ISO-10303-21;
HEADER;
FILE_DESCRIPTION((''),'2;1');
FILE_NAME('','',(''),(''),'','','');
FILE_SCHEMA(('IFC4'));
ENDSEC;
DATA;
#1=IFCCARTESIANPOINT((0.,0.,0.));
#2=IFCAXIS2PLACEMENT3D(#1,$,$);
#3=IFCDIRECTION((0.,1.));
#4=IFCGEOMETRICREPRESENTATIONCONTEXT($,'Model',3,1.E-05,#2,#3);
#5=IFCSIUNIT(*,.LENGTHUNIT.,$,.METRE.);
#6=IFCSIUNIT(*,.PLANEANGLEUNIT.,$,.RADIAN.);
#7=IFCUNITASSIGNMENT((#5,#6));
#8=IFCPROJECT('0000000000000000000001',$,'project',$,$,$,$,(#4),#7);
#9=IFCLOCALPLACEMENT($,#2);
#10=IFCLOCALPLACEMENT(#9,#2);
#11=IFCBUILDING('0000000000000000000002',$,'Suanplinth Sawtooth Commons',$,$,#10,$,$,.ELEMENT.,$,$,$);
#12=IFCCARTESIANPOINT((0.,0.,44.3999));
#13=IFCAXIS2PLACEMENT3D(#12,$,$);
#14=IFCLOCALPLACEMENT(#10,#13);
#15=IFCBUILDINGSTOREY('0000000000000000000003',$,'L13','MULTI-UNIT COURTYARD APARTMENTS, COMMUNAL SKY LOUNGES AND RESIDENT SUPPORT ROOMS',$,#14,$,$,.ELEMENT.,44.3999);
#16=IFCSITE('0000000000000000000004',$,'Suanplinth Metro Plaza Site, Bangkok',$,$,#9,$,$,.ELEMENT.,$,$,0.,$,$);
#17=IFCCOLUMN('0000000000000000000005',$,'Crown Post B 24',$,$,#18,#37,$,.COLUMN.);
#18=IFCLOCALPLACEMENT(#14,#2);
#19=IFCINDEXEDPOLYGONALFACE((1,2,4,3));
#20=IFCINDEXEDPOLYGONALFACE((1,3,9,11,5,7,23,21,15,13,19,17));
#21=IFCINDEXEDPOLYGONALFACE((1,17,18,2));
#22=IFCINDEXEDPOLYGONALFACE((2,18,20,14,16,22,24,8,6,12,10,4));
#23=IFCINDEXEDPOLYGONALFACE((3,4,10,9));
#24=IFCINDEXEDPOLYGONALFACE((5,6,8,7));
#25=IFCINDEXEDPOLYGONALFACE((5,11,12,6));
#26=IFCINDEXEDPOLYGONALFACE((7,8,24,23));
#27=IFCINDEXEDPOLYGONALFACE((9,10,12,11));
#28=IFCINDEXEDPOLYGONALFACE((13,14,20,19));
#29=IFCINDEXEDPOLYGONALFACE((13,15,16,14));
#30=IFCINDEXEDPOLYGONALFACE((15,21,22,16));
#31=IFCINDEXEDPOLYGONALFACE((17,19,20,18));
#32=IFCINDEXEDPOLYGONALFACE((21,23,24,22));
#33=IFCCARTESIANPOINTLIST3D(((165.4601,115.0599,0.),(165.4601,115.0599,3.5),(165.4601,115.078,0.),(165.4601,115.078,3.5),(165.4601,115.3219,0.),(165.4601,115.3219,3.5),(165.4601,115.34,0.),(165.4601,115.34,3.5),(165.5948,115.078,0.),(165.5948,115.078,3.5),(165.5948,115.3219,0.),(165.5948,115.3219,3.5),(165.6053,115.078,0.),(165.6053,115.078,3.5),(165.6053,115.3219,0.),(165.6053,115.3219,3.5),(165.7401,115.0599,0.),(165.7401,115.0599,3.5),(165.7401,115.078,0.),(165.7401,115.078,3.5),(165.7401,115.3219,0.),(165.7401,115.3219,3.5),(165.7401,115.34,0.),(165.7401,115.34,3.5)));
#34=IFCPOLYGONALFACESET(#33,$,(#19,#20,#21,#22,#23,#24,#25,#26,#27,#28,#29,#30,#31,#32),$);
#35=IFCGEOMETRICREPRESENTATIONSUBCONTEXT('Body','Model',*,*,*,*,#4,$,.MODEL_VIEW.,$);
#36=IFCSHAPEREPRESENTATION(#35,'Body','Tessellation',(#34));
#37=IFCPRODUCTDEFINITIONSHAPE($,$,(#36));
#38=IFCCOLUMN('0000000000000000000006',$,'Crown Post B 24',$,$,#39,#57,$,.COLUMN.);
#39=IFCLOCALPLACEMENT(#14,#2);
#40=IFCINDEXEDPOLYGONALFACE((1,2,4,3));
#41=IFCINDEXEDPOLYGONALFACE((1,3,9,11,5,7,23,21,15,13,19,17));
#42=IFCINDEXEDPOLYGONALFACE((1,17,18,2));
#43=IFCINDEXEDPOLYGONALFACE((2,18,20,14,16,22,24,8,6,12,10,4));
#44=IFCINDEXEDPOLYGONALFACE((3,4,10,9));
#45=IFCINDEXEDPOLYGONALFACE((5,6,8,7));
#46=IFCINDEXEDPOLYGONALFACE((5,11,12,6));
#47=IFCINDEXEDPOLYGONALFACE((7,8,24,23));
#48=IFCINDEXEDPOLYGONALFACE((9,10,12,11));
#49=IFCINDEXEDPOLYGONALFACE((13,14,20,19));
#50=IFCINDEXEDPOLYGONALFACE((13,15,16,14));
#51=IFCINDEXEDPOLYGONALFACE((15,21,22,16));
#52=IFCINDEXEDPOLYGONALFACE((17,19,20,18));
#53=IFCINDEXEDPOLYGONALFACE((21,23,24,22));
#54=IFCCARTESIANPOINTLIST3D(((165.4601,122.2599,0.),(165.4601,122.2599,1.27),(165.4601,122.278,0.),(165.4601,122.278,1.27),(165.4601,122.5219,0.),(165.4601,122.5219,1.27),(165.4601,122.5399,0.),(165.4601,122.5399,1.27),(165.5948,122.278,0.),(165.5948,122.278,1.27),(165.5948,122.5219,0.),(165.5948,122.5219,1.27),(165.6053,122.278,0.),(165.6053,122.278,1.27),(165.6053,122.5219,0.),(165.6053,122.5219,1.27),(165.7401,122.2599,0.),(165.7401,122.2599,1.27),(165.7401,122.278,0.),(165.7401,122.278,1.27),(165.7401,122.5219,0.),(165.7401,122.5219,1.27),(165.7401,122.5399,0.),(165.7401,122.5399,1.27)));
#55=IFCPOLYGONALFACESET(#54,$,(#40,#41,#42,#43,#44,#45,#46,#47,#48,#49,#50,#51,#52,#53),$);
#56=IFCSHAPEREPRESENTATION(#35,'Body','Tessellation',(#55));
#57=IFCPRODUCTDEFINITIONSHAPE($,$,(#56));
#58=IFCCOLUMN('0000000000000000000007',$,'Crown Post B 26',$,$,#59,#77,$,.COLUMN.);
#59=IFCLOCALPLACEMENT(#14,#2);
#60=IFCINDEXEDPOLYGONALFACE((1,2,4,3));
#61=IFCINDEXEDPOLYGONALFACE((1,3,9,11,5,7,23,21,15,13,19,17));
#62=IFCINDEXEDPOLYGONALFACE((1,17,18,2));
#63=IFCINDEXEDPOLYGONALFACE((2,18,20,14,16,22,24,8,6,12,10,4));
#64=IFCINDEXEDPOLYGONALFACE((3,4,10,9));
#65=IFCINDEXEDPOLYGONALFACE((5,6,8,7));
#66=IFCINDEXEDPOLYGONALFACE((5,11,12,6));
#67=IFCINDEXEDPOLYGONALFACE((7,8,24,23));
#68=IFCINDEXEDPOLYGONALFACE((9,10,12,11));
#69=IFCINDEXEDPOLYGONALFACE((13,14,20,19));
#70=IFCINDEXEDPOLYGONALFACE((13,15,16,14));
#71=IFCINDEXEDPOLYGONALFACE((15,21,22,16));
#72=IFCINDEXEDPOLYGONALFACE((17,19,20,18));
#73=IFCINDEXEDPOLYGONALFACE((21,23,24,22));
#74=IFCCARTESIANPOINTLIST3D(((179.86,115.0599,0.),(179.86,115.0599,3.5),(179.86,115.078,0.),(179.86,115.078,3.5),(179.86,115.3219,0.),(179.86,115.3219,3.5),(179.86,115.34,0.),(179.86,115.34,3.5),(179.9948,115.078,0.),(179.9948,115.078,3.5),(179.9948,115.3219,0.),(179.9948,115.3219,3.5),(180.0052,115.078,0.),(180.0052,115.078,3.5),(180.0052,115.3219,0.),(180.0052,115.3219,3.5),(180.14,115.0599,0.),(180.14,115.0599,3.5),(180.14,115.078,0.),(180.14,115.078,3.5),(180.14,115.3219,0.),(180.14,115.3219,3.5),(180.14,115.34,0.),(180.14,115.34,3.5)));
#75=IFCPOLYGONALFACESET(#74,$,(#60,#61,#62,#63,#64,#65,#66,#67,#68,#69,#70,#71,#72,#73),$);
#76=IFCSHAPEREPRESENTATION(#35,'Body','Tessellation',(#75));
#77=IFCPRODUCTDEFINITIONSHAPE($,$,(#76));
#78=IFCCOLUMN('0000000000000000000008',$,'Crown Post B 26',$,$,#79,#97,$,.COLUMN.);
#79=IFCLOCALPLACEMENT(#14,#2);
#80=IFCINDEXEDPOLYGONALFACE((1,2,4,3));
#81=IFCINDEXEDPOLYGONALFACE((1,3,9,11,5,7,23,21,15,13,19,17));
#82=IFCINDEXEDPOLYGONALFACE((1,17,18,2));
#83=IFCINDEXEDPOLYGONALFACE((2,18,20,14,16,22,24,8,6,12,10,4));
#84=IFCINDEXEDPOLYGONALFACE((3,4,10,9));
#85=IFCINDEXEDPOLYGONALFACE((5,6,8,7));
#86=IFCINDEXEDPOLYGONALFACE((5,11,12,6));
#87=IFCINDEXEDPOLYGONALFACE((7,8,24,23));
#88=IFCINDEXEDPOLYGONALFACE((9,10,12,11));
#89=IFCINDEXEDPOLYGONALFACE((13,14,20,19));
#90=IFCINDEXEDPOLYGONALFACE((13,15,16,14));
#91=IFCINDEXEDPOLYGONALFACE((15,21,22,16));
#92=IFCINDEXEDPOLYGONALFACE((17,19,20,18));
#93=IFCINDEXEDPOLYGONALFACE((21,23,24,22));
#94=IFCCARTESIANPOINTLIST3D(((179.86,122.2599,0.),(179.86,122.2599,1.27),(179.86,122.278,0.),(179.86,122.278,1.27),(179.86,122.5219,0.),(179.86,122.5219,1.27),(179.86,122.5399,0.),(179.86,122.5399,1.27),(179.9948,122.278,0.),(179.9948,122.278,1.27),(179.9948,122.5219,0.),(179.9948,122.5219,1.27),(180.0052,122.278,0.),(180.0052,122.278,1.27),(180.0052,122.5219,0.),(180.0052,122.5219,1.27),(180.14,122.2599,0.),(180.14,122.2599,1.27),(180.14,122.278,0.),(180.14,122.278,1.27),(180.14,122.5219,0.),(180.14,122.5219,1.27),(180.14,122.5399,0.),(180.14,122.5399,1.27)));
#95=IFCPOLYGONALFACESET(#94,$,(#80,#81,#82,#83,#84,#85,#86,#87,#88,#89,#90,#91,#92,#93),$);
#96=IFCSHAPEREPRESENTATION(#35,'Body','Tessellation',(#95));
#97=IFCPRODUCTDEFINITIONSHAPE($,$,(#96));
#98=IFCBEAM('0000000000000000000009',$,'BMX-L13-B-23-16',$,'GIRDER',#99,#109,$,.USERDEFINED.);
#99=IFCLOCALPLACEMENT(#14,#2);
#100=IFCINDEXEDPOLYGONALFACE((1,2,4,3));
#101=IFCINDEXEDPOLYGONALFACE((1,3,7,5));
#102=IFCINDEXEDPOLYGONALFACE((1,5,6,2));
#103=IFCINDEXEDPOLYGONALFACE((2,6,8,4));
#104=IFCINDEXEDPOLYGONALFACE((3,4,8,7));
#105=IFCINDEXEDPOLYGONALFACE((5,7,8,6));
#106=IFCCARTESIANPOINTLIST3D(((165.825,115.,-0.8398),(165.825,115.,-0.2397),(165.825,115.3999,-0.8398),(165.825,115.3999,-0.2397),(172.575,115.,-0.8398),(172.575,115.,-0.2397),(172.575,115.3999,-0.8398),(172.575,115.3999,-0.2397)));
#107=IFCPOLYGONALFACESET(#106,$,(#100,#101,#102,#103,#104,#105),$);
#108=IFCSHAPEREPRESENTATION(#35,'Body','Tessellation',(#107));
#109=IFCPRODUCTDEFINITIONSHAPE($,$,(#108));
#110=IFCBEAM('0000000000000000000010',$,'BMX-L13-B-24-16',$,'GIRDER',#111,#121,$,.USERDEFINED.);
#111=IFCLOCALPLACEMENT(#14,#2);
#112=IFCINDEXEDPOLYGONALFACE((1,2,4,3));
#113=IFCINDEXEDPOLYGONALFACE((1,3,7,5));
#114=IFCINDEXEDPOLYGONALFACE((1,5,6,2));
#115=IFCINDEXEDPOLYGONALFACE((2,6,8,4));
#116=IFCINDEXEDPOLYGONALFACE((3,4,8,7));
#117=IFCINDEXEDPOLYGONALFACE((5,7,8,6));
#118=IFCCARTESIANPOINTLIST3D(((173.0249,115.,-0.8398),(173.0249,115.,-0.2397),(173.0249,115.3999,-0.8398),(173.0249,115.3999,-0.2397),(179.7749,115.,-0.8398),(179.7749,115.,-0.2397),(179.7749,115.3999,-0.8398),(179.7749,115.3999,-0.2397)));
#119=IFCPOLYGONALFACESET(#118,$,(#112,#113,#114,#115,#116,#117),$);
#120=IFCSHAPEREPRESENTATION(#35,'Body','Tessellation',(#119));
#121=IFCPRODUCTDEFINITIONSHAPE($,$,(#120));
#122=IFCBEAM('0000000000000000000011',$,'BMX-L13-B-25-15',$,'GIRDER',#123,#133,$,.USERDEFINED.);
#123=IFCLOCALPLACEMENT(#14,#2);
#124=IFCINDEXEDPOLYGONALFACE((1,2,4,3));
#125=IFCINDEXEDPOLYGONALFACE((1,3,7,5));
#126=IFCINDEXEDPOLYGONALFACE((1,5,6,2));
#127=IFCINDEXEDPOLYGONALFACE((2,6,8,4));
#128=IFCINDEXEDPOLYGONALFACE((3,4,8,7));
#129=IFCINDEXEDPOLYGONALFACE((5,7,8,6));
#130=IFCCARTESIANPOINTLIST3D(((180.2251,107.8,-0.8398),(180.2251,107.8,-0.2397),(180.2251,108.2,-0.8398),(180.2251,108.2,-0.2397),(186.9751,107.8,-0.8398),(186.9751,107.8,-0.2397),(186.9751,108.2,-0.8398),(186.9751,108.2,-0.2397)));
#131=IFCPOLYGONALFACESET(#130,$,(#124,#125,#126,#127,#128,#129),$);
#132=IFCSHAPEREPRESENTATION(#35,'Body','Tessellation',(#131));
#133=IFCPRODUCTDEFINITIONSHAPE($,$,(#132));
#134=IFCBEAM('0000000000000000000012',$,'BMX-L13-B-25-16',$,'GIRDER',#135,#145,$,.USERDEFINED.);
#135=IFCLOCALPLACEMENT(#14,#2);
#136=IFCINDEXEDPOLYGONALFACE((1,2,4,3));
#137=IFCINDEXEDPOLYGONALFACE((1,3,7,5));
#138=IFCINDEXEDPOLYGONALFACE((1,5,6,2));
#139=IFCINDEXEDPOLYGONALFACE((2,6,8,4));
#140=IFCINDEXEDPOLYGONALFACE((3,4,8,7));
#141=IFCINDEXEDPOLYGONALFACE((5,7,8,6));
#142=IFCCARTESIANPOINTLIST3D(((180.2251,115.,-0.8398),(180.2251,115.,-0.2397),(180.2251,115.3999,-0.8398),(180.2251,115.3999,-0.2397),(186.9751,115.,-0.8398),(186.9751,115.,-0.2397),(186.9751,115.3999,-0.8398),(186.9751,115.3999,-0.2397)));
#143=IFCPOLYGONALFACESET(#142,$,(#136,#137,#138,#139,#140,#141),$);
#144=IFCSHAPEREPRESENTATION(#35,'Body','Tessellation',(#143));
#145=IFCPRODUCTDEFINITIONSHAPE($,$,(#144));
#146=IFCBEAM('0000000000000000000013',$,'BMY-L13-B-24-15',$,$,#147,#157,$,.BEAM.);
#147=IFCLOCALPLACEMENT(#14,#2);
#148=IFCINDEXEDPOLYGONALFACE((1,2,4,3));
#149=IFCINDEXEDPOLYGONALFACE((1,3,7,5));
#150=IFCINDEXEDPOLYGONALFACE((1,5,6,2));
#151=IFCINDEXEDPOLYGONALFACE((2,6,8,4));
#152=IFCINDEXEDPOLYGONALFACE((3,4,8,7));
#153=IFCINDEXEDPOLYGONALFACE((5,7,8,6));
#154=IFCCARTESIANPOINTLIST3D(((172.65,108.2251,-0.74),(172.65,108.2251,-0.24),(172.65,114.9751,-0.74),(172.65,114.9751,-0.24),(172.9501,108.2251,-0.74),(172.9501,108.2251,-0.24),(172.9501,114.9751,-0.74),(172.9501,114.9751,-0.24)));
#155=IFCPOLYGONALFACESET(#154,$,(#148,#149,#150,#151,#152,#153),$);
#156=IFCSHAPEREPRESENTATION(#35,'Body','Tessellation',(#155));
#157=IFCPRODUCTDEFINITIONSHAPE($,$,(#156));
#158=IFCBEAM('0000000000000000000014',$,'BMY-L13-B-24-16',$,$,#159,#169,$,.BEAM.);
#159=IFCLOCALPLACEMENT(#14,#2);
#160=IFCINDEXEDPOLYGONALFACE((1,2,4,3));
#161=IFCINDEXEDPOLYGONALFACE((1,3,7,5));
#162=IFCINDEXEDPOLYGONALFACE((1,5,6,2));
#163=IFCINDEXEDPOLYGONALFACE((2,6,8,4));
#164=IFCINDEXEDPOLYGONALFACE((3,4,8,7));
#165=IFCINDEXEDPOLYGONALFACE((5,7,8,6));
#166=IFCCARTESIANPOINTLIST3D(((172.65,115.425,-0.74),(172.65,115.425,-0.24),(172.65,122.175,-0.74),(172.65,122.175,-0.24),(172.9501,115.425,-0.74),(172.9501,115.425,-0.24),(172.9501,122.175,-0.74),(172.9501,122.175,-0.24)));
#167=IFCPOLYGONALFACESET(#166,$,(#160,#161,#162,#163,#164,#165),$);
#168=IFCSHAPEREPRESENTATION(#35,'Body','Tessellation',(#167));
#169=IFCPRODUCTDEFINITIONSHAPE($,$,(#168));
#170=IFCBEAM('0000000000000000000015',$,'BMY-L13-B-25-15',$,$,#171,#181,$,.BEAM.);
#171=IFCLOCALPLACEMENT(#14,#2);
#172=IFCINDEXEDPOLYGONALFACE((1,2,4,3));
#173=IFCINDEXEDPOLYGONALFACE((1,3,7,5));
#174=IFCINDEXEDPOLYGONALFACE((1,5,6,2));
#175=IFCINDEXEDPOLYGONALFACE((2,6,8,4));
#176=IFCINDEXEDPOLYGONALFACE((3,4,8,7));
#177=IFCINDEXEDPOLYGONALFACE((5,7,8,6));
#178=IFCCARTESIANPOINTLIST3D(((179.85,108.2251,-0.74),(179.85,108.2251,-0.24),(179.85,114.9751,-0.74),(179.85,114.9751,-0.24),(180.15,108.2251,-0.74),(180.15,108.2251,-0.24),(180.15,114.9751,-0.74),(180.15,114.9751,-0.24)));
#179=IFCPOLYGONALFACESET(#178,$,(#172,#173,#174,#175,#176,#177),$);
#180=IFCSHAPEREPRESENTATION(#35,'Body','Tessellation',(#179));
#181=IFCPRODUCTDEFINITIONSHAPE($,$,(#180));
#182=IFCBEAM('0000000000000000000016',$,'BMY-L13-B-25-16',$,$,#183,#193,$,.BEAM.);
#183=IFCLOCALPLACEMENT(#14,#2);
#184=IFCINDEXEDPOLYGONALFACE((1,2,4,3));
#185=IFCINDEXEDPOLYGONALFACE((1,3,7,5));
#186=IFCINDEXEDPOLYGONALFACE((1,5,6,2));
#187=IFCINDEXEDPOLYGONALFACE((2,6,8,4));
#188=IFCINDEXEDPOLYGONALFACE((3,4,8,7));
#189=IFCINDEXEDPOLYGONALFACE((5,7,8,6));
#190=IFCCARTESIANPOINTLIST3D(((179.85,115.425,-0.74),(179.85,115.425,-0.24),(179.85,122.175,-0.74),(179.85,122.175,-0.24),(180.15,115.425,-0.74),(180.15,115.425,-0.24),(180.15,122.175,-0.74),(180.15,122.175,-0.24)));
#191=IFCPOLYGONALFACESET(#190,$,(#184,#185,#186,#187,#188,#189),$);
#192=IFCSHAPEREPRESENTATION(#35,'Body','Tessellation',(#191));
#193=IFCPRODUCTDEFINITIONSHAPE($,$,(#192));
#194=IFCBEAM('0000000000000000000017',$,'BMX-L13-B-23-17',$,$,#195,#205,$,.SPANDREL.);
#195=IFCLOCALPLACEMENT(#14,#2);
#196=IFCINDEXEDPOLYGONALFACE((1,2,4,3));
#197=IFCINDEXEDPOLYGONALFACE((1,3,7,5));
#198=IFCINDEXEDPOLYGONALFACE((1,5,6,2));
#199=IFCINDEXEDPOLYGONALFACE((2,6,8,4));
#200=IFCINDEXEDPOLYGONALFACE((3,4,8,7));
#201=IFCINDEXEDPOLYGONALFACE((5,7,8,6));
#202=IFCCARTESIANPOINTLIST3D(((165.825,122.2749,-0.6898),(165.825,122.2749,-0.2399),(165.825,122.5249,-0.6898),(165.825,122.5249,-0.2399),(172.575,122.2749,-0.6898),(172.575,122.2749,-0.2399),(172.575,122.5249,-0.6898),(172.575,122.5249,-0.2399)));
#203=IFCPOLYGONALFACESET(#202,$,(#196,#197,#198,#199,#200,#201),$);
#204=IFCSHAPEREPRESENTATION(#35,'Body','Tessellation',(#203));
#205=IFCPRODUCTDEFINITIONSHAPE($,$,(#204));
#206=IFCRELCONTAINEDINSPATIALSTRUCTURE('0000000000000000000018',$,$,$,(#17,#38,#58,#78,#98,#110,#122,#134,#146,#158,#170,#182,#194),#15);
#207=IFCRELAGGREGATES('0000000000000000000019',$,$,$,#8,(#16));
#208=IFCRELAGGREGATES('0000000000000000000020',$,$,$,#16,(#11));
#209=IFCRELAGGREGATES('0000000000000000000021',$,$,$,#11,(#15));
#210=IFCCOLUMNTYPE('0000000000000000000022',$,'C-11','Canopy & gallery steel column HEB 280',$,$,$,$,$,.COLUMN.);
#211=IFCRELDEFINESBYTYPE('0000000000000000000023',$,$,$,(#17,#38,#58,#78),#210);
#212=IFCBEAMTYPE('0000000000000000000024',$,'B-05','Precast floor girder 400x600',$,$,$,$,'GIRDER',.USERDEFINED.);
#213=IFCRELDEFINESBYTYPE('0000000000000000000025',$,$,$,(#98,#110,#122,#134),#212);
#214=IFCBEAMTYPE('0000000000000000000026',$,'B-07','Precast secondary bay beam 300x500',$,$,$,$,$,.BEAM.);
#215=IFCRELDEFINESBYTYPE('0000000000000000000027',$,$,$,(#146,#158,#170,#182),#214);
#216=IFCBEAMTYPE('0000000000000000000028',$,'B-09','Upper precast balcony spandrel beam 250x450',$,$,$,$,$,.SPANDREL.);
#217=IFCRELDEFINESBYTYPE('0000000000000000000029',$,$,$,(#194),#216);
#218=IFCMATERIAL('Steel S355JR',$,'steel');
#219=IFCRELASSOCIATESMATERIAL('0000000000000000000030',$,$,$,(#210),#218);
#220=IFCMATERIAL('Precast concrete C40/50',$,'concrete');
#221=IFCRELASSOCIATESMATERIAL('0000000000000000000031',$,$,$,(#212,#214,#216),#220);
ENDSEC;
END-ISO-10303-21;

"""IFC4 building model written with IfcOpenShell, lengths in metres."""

from ifc_helpers import new_model, si_unit, direction, frame, origin, origin_2d, place, context, subcontext, project, spatial, rectangle, i_section, extrude, material, material_profile, profile_set, type_object, element, save


model = new_model("IFC4")

# Units and contexts
model_context = context("Model", 3, precision=1e-05, world=origin(), true_north=direction((0.0, 1.0)))
body_context = subcontext(model_context, "Body", "Model", "MODEL_VIEW")
ifc_project = project(units=[si_unit("LENGTHUNIT", "METRE"), si_unit("PLANEANGLEUNIT", "RADIAN")], contexts=[model_context])

# Site, building, storey
site_placement = place(None, origin())
site = spatial("IfcSite", under=ifc_project, at=site_placement, Name="Suanplinth Metro Plaza Site, Bangkok", CompositionType="ELEMENT", RefElevation=0.0)
building_placement = place(site_placement, origin())
building = spatial("IfcBuilding", under=site, at=building_placement, Name="Suanplinth Sawtooth Commons", CompositionType="ELEMENT")
storey_placement = place(building_placement, frame((0.0, 0.0, 44.3999)))
storey = spatial("IfcBuildingStorey", under=building, at=storey_placement, Name="L13", Description="MULTI-UNIT COURTYARD APARTMENTS, COMMUNAL SKY LOUNGES AND RESIDENT SUPPORT ROOMS", CompositionType="ELEMENT", Elevation=44.3999)

# Columns
ifc_material_1 = material(Name="Steel S355JR", Category="steel")
ifc_material_profile_1 = material_profile(ifc_material_1, i_section(OverallWidth=0.28, OverallDepth=0.28, WebThickness=0.0105, FlangeThickness=0.0181, at=origin_2d()), Name="HEB 280")
ifc_profile_set_1 = profile_set([ifc_material_profile_1], Name="Steel S355JR")
column_type = type_object("IfcColumnType", Name="C-11", Description="Canopy & gallery steel column HEB 280", PredefinedType="COLUMN", material=ifc_profile_set_1)
column_1_placement = place(storey_placement, frame((165.6001, 115.2, 0.0), z_axis=(0.0, 0.0, 1.0), x_axis=(1.0, 0.0, 0.0)))
element("IfcColumn", 1, at=column_1_placement, inside=storey, type_object=column_type, Name="Crown Post B 24", PredefinedType="COLUMN", context=body_context, shape_type="SweptSolid", body=[
    extrude(i_section(OverallWidth=0.28, OverallDepth=0.28, WebThickness=0.0105, FlangeThickness=0.0181, at=origin_2d()), origin(), (0.0, 0.0, 1.0), 3.5),
])
column_2_placement = place(storey_placement, frame((165.6001, 122.3999, 0.0), z_axis=(0.0, 0.0, 1.0), x_axis=(1.0, 0.0, 0.0)))
element("IfcColumn", 2, at=column_2_placement, inside=storey, type_object=column_type, Name="Crown Post B 24", PredefinedType="COLUMN", context=body_context, shape_type="SweptSolid", body=[
    extrude(i_section(OverallWidth=0.28, OverallDepth=0.28, WebThickness=0.0105, FlangeThickness=0.0181, at=origin_2d()), origin(), (0.0, 0.0, 1.0), 1.27),
])
column_3_placement = place(storey_placement, frame((180.0, 115.2, 0.0), z_axis=(0.0, 0.0, 1.0), x_axis=(1.0, 0.0, 0.0)))
element("IfcColumn", 3, at=column_3_placement, inside=storey, type_object=column_type, Name="Crown Post B 26", PredefinedType="COLUMN", context=body_context, shape_type="SweptSolid", body=[
    extrude(i_section(OverallWidth=0.28, OverallDepth=0.28, WebThickness=0.0105, FlangeThickness=0.0181, at=origin_2d()), origin(), (0.0, 0.0, 1.0), 3.5),
])
column_4_placement = place(storey_placement, frame((180.0, 122.3999, 0.0), z_axis=(0.0, 0.0, 1.0), x_axis=(1.0, 0.0, 0.0)))
element("IfcColumn", 4, at=column_4_placement, inside=storey, type_object=column_type, Name="Crown Post B 26", PredefinedType="COLUMN", context=body_context, shape_type="SweptSolid", body=[
    extrude(i_section(OverallWidth=0.28, OverallDepth=0.28, WebThickness=0.0105, FlangeThickness=0.0181, at=origin_2d()), origin(), (0.0, 0.0, 1.0), 1.27),
])

# Beams
ifc_material_2 = material(Name="Precast concrete C40/50", Category="concrete")
ifc_material_profile_2 = material_profile(ifc_material_2, rectangle(XDim=0.3999, YDim=0.6001, at=origin_2d()), Name="PC-GDR 400x600")
ifc_profile_set_2 = profile_set([ifc_material_profile_2], Name="Precast concrete C40/50")
beam_type_1 = type_object("IfcBeamType", Name="B-05", Description="Precast floor girder 400x600", ElementType="GIRDER", PredefinedType="USERDEFINED", material=ifc_profile_set_2)
for number, where, z_axis, x_axis, name in (
    (5, (165.825, 115.2, -0.5398), (1.0, 0.0, 0.0), (0.0, 1.0, 0.0), "BMX-L13-B-23-16"),
    (6, (173.0249, 115.2, -0.5398), (1.0, 0.0, 0.0), (0.0, 1.0, 0.0), "BMX-L13-B-24-16"),
    (7, (180.2251, 108.0, -0.5398), (1.0, 0.0, 0.0), (0.0, 1.0, 0.0), "BMX-L13-B-25-15"),
    (8, (180.2251, 115.2, -0.5398), (1.0, 0.0, 0.0), (0.0, 1.0, 0.0), "BMX-L13-B-25-16"),
):
    element("IfcBeam", number, at=place(storey_placement, frame(where, z_axis=z_axis, x_axis=x_axis)), inside=storey, type_object=beam_type_1, Name=name, ObjectType="GIRDER", PredefinedType="USERDEFINED", context=body_context, shape_type="SweptSolid", body=[
        extrude(rectangle(XDim=0.3999, YDim=0.6001, at=origin_2d()), origin(), (0.0, 0.0, 1.0), 6.75),
    ])
ifc_material_profile_3 = material_profile(ifc_material_2, rectangle(XDim=0.3, YDim=0.5, at=origin_2d()), Name="PC-BM 300x500")
ifc_profile_set_3 = profile_set([ifc_material_profile_3], Name="Precast concrete C40/50")
beam_type_2 = type_object("IfcBeamType", Name="B-07", Description="Precast secondary bay beam 300x500", PredefinedType="BEAM", material=ifc_profile_set_3)
for number, where, z_axis, x_axis, name in (
    (9, (172.8, 108.2251, -0.49), (0.0, 1.0, 0.0), (-1.0, 0.0, 0.0), "BMY-L13-B-24-15"),
    (10, (172.8, 115.425, -0.49), (0.0, 1.0, 0.0), (-1.0, 0.0, 0.0), "BMY-L13-B-24-16"),
    (11, (180.0, 108.2251, -0.49), (0.0, 1.0, 0.0), (-1.0, 0.0, 0.0), "BMY-L13-B-25-15"),
    (12, (180.0, 115.425, -0.49), (0.0, 1.0, 0.0), (-1.0, 0.0, 0.0), "BMY-L13-B-25-16"),
):
    element("IfcBeam", number, at=place(storey_placement, frame(where, z_axis=z_axis, x_axis=x_axis)), inside=storey, type_object=beam_type_2, Name=name, PredefinedType="BEAM", context=body_context, shape_type="SweptSolid", body=[
        extrude(rectangle(XDim=0.3, YDim=0.5, at=origin_2d()), origin(), (0.0, 0.0, 1.0), 6.75),
    ])
ifc_material_profile_4 = material_profile(ifc_material_2, rectangle(XDim=0.25, YDim=0.45, at=origin_2d()), Name="PC-SP 250x450")
ifc_profile_set_4 = profile_set([ifc_material_profile_4], Name="Precast concrete C40/50")
beam_type_3 = type_object("IfcBeamType", Name="B-09", Description="Upper precast balcony spandrel beam 250x450", PredefinedType="SPANDREL", material=ifc_profile_set_4)
for number, where, z_axis, x_axis, name in (
    (13, (165.825, 122.3999, -0.4648), (1.0, 0.0, 0.0), (0.0, 1.0, 0.0), "BMX-L13-B-23-17"),
):
    element("IfcBeam", number, at=place(storey_placement, frame(where, z_axis=z_axis, x_axis=x_axis)), inside=storey, type_object=beam_type_3, Name=name, PredefinedType="SPANDREL", context=body_context, shape_type="SweptSolid", body=[
        extrude(rectangle(XDim=0.25, YDim=0.45, at=origin_2d()), origin(), (0.0, 0.0, 1.0), 6.75),
    ])

save(model, "model.ifc")
